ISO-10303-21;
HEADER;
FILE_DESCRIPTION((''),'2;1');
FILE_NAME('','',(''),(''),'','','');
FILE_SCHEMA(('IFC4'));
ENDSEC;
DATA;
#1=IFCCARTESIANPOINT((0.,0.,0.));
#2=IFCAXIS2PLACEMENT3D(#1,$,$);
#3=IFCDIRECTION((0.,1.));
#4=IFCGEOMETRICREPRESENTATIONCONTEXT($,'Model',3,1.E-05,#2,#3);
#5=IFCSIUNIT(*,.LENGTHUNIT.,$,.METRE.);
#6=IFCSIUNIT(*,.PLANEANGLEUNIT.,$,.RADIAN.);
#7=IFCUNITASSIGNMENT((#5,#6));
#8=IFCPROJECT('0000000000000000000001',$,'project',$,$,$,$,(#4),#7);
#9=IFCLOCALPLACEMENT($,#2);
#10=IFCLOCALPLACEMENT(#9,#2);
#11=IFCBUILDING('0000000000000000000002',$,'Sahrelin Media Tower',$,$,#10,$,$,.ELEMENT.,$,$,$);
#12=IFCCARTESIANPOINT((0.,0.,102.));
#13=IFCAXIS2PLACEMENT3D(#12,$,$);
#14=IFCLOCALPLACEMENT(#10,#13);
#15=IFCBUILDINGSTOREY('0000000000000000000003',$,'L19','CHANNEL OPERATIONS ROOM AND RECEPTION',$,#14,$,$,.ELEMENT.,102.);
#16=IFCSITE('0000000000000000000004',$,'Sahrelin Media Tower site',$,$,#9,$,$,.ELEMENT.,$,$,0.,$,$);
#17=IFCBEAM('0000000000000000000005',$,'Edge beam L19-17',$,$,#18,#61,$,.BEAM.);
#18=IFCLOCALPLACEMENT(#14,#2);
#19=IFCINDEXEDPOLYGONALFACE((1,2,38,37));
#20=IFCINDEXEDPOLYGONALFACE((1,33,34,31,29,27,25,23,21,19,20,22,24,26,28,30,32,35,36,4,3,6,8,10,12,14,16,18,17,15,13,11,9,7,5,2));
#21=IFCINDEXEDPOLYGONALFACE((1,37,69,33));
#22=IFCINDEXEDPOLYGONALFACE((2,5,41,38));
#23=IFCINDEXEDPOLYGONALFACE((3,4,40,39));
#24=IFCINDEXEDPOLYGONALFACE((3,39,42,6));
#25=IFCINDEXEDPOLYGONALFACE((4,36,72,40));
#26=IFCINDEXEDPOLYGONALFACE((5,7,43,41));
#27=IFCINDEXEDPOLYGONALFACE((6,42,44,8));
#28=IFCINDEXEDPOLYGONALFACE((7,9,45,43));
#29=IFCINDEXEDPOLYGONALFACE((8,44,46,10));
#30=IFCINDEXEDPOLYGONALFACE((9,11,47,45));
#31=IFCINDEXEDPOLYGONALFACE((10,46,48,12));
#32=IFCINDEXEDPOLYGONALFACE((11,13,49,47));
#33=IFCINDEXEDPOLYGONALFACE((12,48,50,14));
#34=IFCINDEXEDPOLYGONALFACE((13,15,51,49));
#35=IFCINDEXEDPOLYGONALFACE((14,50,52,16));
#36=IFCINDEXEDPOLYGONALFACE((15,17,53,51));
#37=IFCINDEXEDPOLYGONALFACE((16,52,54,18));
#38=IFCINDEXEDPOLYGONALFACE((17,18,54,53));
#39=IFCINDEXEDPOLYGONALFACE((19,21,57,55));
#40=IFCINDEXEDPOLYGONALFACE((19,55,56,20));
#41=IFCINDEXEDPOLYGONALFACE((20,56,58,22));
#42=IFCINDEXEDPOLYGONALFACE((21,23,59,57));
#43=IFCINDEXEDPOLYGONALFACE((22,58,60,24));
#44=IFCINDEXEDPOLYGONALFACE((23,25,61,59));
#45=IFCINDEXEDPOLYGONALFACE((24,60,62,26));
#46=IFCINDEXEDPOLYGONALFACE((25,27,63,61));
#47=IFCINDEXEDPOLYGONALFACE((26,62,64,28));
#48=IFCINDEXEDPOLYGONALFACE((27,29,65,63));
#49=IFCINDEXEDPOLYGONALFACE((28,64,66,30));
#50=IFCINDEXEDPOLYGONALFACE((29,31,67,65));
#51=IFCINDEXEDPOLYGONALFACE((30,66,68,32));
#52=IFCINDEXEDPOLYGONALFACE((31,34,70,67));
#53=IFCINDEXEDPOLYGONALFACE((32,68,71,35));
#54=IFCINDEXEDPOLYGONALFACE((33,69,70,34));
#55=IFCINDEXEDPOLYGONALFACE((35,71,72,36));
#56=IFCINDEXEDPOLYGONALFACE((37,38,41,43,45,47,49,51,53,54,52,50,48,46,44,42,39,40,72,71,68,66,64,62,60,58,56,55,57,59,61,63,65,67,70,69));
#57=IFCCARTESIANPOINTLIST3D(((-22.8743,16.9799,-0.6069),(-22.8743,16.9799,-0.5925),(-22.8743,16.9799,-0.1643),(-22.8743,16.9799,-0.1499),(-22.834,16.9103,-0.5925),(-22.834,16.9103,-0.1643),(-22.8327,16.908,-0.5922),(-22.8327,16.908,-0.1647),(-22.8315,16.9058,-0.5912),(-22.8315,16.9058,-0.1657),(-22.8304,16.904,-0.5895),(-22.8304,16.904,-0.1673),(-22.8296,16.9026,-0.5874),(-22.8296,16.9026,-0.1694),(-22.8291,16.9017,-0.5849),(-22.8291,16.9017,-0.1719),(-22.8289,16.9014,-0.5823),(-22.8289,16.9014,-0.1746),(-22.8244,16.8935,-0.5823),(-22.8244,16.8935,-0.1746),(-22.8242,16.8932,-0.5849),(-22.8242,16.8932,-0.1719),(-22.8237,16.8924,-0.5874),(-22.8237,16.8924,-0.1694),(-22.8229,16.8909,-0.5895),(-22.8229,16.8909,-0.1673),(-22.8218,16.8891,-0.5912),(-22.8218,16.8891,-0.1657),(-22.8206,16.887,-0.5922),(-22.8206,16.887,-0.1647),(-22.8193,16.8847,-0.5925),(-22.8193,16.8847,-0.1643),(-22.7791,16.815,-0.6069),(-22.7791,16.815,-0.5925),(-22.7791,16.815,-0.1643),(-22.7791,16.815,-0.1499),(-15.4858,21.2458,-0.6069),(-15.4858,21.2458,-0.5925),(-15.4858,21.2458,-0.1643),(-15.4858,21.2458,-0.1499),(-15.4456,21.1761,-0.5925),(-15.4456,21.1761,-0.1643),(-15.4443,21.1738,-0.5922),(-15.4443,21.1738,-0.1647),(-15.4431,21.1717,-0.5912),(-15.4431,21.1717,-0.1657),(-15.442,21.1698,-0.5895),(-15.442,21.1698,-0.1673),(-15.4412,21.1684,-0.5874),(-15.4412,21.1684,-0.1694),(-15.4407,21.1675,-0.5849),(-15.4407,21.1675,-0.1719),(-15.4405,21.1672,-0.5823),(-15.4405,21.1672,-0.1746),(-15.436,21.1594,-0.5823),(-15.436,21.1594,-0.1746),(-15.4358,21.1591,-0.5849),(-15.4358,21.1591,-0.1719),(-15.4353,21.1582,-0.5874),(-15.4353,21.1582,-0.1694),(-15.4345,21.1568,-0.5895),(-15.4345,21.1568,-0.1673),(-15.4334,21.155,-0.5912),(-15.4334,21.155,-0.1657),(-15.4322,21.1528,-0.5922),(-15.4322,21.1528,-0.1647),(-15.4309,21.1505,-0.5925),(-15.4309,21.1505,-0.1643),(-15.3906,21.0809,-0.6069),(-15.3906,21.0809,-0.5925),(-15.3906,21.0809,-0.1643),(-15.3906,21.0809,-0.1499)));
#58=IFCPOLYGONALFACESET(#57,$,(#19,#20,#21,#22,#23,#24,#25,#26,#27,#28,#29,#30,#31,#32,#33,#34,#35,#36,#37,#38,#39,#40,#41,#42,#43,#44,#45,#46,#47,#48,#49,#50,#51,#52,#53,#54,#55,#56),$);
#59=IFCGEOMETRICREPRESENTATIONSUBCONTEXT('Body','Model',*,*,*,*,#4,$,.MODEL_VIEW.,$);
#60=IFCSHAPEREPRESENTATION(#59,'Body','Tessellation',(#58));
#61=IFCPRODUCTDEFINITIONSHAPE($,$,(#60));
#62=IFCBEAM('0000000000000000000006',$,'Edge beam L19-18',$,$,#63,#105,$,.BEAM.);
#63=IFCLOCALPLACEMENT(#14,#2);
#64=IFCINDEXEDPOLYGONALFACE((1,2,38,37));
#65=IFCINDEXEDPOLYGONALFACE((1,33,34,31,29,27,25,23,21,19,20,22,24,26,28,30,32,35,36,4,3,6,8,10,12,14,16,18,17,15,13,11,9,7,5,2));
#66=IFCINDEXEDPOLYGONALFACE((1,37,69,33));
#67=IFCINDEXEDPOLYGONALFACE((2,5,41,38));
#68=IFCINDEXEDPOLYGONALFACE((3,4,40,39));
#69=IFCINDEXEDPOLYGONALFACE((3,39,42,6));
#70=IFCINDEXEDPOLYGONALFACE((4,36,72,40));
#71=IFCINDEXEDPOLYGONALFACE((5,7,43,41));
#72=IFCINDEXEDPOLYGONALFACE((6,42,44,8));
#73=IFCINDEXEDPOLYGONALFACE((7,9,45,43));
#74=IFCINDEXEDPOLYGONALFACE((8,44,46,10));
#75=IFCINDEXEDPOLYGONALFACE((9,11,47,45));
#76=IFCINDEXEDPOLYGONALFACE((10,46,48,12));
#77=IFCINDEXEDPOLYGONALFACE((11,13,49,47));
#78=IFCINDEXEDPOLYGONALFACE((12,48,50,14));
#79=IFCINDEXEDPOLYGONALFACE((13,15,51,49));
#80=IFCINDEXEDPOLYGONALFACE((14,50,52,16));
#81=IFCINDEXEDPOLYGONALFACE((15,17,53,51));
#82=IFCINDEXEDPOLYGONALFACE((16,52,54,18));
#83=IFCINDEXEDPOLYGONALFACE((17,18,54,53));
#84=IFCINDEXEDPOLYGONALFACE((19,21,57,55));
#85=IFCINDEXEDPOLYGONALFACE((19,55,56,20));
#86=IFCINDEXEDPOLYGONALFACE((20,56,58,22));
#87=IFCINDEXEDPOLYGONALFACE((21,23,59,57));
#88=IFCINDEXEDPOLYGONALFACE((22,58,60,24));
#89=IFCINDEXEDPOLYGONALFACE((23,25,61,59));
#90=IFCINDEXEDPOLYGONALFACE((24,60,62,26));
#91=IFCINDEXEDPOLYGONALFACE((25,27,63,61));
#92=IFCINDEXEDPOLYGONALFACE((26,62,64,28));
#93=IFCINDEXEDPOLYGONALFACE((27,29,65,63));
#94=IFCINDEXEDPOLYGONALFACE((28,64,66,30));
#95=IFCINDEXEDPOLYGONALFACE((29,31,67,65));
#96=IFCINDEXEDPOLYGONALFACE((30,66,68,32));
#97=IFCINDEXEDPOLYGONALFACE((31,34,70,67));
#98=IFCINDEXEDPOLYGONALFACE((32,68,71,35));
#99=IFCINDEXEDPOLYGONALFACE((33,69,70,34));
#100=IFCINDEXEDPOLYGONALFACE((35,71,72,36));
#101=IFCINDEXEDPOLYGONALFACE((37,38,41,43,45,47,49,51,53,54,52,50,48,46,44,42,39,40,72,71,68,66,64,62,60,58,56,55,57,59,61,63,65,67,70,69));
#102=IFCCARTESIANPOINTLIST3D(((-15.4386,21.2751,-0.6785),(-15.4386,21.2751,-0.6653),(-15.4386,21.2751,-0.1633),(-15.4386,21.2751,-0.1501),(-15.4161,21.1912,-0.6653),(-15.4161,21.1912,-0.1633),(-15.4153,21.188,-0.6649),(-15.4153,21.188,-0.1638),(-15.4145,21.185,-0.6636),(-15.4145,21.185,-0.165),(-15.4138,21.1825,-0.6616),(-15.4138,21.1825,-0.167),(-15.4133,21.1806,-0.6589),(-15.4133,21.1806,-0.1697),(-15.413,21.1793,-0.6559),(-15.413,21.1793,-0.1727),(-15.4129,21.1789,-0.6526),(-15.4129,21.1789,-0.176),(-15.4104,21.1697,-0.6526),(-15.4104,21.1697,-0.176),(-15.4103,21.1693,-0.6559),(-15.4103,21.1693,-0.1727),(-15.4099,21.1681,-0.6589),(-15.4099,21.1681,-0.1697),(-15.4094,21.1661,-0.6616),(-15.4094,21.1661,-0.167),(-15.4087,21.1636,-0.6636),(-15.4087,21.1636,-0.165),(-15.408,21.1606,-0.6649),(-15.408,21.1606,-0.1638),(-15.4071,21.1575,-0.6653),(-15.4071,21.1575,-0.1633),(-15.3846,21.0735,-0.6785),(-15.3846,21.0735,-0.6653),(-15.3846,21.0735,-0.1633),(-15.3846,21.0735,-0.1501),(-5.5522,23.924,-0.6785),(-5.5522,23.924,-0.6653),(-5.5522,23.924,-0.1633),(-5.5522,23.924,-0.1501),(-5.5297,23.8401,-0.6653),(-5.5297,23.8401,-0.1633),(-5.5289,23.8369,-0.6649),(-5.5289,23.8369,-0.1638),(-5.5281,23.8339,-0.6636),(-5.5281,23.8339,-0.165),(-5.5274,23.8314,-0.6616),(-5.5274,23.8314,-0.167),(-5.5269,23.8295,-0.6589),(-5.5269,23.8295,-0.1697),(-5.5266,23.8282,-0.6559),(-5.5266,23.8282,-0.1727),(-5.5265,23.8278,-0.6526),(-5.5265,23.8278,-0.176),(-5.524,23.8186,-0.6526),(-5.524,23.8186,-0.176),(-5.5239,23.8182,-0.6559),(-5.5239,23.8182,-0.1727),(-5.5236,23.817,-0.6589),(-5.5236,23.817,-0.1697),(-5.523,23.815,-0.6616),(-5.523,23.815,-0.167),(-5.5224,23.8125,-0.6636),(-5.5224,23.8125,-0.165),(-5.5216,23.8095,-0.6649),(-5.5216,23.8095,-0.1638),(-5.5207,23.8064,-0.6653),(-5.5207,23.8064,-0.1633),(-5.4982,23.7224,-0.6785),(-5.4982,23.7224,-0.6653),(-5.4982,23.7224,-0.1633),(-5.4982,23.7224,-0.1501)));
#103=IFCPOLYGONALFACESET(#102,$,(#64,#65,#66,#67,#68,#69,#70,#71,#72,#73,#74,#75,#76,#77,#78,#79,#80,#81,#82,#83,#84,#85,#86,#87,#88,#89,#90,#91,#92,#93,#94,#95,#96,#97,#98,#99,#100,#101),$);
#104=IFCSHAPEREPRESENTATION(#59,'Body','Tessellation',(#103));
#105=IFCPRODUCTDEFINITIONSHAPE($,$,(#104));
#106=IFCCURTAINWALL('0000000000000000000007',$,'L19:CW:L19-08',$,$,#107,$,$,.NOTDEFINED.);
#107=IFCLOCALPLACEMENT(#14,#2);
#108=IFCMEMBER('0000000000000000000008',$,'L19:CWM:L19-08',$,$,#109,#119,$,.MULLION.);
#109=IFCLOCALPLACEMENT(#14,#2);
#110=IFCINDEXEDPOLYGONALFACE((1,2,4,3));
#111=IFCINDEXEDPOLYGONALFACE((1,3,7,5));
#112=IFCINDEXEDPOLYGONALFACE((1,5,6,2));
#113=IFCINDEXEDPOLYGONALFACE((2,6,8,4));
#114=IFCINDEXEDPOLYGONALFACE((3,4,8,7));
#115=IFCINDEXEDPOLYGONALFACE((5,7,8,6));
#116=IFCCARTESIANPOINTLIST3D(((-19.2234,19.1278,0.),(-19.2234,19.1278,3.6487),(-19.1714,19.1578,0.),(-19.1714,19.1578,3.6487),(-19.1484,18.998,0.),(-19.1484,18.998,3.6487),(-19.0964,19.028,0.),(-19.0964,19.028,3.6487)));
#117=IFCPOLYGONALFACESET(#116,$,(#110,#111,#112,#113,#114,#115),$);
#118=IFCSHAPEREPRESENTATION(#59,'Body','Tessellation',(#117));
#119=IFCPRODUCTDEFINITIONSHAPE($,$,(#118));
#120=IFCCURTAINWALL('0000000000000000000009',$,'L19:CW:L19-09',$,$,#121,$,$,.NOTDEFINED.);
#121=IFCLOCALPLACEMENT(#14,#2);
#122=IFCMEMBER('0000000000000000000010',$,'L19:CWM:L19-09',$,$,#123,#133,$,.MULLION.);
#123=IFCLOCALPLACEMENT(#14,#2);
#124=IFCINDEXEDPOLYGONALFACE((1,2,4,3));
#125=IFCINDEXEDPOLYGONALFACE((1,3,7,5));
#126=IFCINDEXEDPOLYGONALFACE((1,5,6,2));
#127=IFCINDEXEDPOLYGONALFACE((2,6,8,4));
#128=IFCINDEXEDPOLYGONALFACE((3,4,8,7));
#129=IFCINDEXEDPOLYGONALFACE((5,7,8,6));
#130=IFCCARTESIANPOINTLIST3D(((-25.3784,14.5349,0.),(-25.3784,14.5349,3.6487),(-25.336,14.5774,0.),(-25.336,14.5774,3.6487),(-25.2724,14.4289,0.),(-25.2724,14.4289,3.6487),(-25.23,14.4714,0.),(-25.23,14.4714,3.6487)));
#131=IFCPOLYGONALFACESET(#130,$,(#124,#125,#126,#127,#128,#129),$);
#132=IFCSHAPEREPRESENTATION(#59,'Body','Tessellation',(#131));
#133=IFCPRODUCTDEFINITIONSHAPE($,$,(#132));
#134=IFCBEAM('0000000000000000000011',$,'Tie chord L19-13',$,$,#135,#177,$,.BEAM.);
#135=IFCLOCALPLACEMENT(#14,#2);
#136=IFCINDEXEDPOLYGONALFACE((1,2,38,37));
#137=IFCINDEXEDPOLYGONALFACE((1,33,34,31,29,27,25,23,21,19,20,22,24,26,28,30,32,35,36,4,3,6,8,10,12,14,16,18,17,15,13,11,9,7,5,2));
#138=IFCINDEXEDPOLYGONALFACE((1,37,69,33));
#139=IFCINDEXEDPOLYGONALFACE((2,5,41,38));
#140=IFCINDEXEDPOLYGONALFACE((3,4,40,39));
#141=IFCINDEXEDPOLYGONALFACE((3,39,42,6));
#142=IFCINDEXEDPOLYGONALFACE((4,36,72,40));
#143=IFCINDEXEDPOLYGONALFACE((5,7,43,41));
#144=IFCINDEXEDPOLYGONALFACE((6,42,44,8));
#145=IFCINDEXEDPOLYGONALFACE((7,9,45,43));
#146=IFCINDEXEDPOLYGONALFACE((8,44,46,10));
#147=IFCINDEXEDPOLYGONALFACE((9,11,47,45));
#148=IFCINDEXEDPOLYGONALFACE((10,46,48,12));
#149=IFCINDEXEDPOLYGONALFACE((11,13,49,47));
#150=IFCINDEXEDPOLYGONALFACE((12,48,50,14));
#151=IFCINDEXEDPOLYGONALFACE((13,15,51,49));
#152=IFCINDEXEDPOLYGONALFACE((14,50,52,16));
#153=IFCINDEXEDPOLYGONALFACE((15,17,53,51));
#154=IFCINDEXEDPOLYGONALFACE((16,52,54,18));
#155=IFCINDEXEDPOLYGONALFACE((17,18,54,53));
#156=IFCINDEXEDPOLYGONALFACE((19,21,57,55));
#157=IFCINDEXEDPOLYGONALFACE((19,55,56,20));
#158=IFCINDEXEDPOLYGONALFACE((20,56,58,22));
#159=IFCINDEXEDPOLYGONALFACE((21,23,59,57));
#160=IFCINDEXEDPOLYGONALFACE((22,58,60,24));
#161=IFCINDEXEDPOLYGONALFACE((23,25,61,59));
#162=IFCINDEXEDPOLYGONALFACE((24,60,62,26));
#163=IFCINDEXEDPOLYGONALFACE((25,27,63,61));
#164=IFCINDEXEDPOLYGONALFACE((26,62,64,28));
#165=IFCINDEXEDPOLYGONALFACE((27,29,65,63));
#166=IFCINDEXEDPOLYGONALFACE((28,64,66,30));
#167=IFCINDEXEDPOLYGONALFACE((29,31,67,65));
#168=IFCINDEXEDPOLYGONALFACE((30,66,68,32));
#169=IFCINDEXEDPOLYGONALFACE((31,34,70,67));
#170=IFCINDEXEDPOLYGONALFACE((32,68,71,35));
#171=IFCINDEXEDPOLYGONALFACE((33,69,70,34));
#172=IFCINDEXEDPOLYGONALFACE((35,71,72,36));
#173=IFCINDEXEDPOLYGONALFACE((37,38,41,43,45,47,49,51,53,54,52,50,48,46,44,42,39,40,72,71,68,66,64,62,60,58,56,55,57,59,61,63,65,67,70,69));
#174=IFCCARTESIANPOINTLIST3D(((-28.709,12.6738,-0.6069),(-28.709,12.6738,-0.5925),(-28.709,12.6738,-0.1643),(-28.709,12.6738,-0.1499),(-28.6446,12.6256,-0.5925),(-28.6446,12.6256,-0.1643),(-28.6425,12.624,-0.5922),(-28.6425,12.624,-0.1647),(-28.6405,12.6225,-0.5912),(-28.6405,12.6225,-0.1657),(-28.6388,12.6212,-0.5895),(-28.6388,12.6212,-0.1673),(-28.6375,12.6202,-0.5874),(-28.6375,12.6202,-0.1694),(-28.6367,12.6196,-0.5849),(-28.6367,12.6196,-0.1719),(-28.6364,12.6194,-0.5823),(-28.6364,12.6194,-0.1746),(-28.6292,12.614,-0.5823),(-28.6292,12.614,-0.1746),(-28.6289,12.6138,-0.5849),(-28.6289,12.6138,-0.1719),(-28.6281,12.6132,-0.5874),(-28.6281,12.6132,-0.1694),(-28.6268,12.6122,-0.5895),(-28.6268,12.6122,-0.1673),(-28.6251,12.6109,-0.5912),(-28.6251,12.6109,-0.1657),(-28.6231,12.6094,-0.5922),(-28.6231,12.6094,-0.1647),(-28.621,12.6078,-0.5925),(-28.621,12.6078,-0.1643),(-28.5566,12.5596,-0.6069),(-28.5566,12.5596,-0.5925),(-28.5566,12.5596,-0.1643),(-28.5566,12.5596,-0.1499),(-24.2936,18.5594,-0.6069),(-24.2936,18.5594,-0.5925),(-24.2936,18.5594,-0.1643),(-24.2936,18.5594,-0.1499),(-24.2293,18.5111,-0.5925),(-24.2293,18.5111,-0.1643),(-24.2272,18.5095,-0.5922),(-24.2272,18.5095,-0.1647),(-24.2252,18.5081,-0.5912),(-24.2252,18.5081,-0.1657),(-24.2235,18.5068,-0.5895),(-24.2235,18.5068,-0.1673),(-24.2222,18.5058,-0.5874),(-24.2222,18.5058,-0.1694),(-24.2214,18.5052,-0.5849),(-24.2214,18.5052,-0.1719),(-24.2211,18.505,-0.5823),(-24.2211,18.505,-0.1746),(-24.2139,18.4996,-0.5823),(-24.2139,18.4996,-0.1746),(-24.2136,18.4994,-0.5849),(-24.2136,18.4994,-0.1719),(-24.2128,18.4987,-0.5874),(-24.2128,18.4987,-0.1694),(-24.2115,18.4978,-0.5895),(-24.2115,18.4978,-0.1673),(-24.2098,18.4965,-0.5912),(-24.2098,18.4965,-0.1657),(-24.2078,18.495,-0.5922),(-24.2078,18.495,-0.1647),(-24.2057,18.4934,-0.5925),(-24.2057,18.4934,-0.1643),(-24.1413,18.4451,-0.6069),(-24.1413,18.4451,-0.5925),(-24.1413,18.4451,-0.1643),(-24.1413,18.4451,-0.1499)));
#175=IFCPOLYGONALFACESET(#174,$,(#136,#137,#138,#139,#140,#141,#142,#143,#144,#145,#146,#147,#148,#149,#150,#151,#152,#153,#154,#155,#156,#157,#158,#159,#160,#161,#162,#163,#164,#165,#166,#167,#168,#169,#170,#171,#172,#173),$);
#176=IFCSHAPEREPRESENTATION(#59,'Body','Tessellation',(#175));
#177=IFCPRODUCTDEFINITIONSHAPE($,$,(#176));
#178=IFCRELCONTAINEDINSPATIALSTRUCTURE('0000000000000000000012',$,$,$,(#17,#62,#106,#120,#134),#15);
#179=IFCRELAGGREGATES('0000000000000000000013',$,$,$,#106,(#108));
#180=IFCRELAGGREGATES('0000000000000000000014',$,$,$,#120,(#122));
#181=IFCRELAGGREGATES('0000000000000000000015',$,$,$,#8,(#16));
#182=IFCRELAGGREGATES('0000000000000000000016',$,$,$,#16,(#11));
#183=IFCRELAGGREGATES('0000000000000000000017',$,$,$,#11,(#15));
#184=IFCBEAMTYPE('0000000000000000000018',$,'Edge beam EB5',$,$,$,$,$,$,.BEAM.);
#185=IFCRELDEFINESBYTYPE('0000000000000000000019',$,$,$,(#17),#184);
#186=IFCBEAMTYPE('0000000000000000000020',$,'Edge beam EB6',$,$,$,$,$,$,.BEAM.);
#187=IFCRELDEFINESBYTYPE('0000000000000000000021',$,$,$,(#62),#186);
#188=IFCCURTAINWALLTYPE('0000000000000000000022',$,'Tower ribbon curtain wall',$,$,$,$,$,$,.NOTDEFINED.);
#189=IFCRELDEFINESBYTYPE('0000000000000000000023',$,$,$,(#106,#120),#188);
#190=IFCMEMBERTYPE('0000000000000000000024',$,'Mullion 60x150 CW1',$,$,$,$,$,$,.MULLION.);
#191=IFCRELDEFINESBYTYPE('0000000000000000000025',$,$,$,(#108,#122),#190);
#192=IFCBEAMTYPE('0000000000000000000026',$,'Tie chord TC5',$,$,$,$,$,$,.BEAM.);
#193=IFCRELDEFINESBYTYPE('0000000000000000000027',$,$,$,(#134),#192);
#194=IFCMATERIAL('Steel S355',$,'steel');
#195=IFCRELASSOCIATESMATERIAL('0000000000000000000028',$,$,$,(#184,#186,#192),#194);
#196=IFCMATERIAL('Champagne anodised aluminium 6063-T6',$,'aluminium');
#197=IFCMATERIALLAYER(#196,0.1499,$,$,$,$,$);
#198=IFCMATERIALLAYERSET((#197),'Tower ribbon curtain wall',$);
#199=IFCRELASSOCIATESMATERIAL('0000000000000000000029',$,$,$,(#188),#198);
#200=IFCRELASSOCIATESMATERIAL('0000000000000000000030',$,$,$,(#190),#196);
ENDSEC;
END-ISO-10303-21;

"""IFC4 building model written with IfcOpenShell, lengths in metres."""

from ifc_helpers import new_model, si_unit, direction, frame, origin, origin_2d, place, context, subcontext, project, spatial, rectangle, i_section, extrude, material, layer, layer_set, material_profile, profile_set, type_object, element, aggregate, save


model = new_model("IFC4")

# Units and contexts
model_context = context("Model", 3, precision=1e-05, world=origin(), true_north=direction((0.0, 1.0)))
body_context = subcontext(model_context, "Body", "Model", "MODEL_VIEW")
ifc_project = project(units=[si_unit("LENGTHUNIT", "METRE"), si_unit("PLANEANGLEUNIT", "RADIAN")], contexts=[model_context])

# Site, building, storey
site_placement = place(None, origin())
site = spatial("IfcSite", under=ifc_project, at=site_placement, Name="Sahrelin Media Tower site", CompositionType="ELEMENT", RefElevation=0.0)
building_placement = place(site_placement, origin())
building = spatial("IfcBuilding", under=site, at=building_placement, Name="Sahrelin Media Tower", CompositionType="ELEMENT")
storey_placement = place(building_placement, frame((0.0, 0.0, 102.0)))
storey = spatial("IfcBuildingStorey", under=building, at=storey_placement, Name="L19", Description="CHANNEL OPERATIONS ROOM AND RECEPTION", CompositionType="ELEMENT", Elevation=102.0)

# Beams
ifc_material_1 = material(Name="Steel S355", Category="steel")
ifc_material_profile_1 = material_profile(ifc_material_1, i_section(OverallWidth=0.1904, OverallDepth=0.457, WebThickness=0.009, FlangeThickness=0.0144, FilletRadius=0.0103, at=origin_2d()), Name="UB 457x191x74")
ifc_profile_set_1 = profile_set([ifc_material_profile_1], Name="Steel S355")
beam_type_1 = type_object("IfcBeamType", Name="Edge beam EB5", PredefinedType="BEAM", material=ifc_profile_set_1)
beam_1_placement = place(storey_placement, frame((-22.8267, 16.8975, -0.3784), z_axis=(0.866017, 0.500014, 0.0), x_axis=(-0.500014, 0.866017, 0.0)))
element("IfcBeam", 1, at=beam_1_placement, inside=storey, type_object=beam_type_1, Name="Edge beam L19-17", PredefinedType="BEAM", context=body_context, shape_type="SweptSolid", body=[
    extrude(i_section(OverallWidth=0.1904, OverallDepth=0.457, WebThickness=0.009, FlangeThickness=0.0144, FilletRadius=0.0103, at=origin_2d()), origin(), (0.0, 0.0, 1.0), 8.5315),
])
ifc_material_profile_2 = material_profile(ifc_material_1, i_section(OverallWidth=0.2087, OverallDepth=0.5283, WebThickness=0.0095, FlangeThickness=0.0132, FilletRadius=0.0127, at=origin_2d()), Name="UB 533x210x82")
ifc_profile_set_2 = profile_set([ifc_material_profile_2], Name="Steel S355")
beam_type_2 = type_object("IfcBeamType", Name="Edge beam EB6", PredefinedType="BEAM", material=ifc_profile_set_2)
beam_2_placement = place(storey_placement, frame((-15.4116, 21.1743, -0.4143), z_axis=(0.965929, 0.258806, 0.0), x_axis=(-0.258806, 0.965929, 0.0)))
element("IfcBeam", 2, at=beam_2_placement, inside=storey, type_object=beam_type_2, Name="Edge beam L19-18", PredefinedType="BEAM", context=body_context, shape_type="SweptSolid", body=[
    extrude(i_section(OverallWidth=0.2087, OverallDepth=0.5283, WebThickness=0.0095, FlangeThickness=0.0132, FilletRadius=0.0127, at=origin_2d()), origin(), (0.0, 0.0, 1.0), 10.2351),
])

# Curtain walls, members
ifc_material_2 = material(Name="Champagne anodised aluminium 6063-T6", Category="aluminium")
ifc_layer_1 = layer(ifc_material_2, 0.1499)
ifc_layer_set_1 = layer_set([ifc_layer_1], Name="Tower ribbon curtain wall")
curtain_wall_type = type_object("IfcCurtainWallType", Name="Tower ribbon curtain wall", PredefinedType="NOTDEFINED", material=ifc_layer_set_1)
curtain_wall_1_placement = place(storey_placement, frame((-19.2075, 19.1604, 0.0), z_axis=(0.0, 0.0, 1.0), x_axis=(1.0, 0.0, 0.0)))
curtain_wall_1 = element("IfcCurtainWall", 3, at=curtain_wall_1_placement, inside=storey, type_object=curtain_wall_type, Name="L19:CW:L19-08", PredefinedType="NOTDEFINED")
ifc_material_profile_3 = material_profile(ifc_material_2, rectangle(XDim=0.0601, YDim=0.1499, at=origin_2d()), Name="Mullion 60x150")
ifc_profile_set_3 = profile_set([ifc_material_profile_3], Name="Champagne anodised aluminium 6063-T6")
member_type_1 = type_object("IfcMemberType", Name="Mullion 60x150 CW1", PredefinedType="MULLION", material=ifc_profile_set_3)
member_1_placement = place(storey_placement, frame((-19.1599, 19.0779, 0.0), z_axis=(0.0, 0.0, 1.0), x_axis=(-0.866025, -0.500002, 0.0)))
member_1 = element("IfcMember", 4, at=member_1_placement, type_object=member_type_1, Name="L19:CWM:L19-08", PredefinedType="MULLION", context=body_context, shape_type="SweptSolid", body=[
    extrude(rectangle(XDim=0.0601, YDim=0.1499, at=origin_2d()), origin(), (0.0, 0.0, 1.0), 3.6487),
])
curtain_wall_2_placement = place(storey_placement, frame((-25.3713, 14.5703, 0.0), z_axis=(0.0, 0.0, 1.0), x_axis=(1.0, 0.0, 0.0)))
curtain_wall_2 = element("IfcCurtainWall", 5, at=curtain_wall_2_placement, inside=storey, type_object=curtain_wall_type, Name="L19:CW:L19-09", PredefinedType="NOTDEFINED")
member_2_placement = place(storey_placement, frame((-25.3042, 14.5032, 0.0), z_axis=(0.0, 0.0, 1.0), x_axis=(-0.707107, -0.707107, 0.0)))
member_2 = element("IfcMember", 6, at=member_2_placement, type_object=member_type_1, Name="L19:CWM:L19-09", PredefinedType="MULLION", context=body_context, shape_type="SweptSolid", body=[
    extrude(rectangle(XDim=0.0601, YDim=0.1499, at=origin_2d()), origin(), (0.0, 0.0, 1.0), 3.6487),
])

# Beam
ifc_material_profile_4 = material_profile(ifc_material_1, i_section(OverallWidth=0.1904, OverallDepth=0.457, WebThickness=0.009, FlangeThickness=0.0144, FilletRadius=0.0103, at=origin_2d()), Name="UB 457x191x74")
ifc_profile_set_4 = profile_set([ifc_material_profile_4], Name="Steel S355")
beam_type_3 = type_object("IfcBeamType", Name="Tie chord TC5", PredefinedType="BEAM", material=ifc_profile_set_4)
beam_3_placement = place(storey_placement, frame((-28.6328, 12.6167, -0.3784), z_axis=(0.600101, 0.799924, 0.0), x_axis=(-0.799924, 0.600101, 0.0)))
element("IfcBeam", 7, at=beam_3_placement, inside=storey, type_object=beam_type_3, Name="Tie chord L19-13", PredefinedType="BEAM", context=body_context, shape_type="SweptSolid", body=[
    extrude(i_section(OverallWidth=0.1904, OverallDepth=0.457, WebThickness=0.009, FlangeThickness=0.0144, FilletRadius=0.0103, at=origin_2d()), origin(), (0.0, 0.0, 1.0), 7.3577),
])

aggregate(curtain_wall_1, [member_1])
aggregate(curtain_wall_2, [member_2])

save(model, "model.ifc")
